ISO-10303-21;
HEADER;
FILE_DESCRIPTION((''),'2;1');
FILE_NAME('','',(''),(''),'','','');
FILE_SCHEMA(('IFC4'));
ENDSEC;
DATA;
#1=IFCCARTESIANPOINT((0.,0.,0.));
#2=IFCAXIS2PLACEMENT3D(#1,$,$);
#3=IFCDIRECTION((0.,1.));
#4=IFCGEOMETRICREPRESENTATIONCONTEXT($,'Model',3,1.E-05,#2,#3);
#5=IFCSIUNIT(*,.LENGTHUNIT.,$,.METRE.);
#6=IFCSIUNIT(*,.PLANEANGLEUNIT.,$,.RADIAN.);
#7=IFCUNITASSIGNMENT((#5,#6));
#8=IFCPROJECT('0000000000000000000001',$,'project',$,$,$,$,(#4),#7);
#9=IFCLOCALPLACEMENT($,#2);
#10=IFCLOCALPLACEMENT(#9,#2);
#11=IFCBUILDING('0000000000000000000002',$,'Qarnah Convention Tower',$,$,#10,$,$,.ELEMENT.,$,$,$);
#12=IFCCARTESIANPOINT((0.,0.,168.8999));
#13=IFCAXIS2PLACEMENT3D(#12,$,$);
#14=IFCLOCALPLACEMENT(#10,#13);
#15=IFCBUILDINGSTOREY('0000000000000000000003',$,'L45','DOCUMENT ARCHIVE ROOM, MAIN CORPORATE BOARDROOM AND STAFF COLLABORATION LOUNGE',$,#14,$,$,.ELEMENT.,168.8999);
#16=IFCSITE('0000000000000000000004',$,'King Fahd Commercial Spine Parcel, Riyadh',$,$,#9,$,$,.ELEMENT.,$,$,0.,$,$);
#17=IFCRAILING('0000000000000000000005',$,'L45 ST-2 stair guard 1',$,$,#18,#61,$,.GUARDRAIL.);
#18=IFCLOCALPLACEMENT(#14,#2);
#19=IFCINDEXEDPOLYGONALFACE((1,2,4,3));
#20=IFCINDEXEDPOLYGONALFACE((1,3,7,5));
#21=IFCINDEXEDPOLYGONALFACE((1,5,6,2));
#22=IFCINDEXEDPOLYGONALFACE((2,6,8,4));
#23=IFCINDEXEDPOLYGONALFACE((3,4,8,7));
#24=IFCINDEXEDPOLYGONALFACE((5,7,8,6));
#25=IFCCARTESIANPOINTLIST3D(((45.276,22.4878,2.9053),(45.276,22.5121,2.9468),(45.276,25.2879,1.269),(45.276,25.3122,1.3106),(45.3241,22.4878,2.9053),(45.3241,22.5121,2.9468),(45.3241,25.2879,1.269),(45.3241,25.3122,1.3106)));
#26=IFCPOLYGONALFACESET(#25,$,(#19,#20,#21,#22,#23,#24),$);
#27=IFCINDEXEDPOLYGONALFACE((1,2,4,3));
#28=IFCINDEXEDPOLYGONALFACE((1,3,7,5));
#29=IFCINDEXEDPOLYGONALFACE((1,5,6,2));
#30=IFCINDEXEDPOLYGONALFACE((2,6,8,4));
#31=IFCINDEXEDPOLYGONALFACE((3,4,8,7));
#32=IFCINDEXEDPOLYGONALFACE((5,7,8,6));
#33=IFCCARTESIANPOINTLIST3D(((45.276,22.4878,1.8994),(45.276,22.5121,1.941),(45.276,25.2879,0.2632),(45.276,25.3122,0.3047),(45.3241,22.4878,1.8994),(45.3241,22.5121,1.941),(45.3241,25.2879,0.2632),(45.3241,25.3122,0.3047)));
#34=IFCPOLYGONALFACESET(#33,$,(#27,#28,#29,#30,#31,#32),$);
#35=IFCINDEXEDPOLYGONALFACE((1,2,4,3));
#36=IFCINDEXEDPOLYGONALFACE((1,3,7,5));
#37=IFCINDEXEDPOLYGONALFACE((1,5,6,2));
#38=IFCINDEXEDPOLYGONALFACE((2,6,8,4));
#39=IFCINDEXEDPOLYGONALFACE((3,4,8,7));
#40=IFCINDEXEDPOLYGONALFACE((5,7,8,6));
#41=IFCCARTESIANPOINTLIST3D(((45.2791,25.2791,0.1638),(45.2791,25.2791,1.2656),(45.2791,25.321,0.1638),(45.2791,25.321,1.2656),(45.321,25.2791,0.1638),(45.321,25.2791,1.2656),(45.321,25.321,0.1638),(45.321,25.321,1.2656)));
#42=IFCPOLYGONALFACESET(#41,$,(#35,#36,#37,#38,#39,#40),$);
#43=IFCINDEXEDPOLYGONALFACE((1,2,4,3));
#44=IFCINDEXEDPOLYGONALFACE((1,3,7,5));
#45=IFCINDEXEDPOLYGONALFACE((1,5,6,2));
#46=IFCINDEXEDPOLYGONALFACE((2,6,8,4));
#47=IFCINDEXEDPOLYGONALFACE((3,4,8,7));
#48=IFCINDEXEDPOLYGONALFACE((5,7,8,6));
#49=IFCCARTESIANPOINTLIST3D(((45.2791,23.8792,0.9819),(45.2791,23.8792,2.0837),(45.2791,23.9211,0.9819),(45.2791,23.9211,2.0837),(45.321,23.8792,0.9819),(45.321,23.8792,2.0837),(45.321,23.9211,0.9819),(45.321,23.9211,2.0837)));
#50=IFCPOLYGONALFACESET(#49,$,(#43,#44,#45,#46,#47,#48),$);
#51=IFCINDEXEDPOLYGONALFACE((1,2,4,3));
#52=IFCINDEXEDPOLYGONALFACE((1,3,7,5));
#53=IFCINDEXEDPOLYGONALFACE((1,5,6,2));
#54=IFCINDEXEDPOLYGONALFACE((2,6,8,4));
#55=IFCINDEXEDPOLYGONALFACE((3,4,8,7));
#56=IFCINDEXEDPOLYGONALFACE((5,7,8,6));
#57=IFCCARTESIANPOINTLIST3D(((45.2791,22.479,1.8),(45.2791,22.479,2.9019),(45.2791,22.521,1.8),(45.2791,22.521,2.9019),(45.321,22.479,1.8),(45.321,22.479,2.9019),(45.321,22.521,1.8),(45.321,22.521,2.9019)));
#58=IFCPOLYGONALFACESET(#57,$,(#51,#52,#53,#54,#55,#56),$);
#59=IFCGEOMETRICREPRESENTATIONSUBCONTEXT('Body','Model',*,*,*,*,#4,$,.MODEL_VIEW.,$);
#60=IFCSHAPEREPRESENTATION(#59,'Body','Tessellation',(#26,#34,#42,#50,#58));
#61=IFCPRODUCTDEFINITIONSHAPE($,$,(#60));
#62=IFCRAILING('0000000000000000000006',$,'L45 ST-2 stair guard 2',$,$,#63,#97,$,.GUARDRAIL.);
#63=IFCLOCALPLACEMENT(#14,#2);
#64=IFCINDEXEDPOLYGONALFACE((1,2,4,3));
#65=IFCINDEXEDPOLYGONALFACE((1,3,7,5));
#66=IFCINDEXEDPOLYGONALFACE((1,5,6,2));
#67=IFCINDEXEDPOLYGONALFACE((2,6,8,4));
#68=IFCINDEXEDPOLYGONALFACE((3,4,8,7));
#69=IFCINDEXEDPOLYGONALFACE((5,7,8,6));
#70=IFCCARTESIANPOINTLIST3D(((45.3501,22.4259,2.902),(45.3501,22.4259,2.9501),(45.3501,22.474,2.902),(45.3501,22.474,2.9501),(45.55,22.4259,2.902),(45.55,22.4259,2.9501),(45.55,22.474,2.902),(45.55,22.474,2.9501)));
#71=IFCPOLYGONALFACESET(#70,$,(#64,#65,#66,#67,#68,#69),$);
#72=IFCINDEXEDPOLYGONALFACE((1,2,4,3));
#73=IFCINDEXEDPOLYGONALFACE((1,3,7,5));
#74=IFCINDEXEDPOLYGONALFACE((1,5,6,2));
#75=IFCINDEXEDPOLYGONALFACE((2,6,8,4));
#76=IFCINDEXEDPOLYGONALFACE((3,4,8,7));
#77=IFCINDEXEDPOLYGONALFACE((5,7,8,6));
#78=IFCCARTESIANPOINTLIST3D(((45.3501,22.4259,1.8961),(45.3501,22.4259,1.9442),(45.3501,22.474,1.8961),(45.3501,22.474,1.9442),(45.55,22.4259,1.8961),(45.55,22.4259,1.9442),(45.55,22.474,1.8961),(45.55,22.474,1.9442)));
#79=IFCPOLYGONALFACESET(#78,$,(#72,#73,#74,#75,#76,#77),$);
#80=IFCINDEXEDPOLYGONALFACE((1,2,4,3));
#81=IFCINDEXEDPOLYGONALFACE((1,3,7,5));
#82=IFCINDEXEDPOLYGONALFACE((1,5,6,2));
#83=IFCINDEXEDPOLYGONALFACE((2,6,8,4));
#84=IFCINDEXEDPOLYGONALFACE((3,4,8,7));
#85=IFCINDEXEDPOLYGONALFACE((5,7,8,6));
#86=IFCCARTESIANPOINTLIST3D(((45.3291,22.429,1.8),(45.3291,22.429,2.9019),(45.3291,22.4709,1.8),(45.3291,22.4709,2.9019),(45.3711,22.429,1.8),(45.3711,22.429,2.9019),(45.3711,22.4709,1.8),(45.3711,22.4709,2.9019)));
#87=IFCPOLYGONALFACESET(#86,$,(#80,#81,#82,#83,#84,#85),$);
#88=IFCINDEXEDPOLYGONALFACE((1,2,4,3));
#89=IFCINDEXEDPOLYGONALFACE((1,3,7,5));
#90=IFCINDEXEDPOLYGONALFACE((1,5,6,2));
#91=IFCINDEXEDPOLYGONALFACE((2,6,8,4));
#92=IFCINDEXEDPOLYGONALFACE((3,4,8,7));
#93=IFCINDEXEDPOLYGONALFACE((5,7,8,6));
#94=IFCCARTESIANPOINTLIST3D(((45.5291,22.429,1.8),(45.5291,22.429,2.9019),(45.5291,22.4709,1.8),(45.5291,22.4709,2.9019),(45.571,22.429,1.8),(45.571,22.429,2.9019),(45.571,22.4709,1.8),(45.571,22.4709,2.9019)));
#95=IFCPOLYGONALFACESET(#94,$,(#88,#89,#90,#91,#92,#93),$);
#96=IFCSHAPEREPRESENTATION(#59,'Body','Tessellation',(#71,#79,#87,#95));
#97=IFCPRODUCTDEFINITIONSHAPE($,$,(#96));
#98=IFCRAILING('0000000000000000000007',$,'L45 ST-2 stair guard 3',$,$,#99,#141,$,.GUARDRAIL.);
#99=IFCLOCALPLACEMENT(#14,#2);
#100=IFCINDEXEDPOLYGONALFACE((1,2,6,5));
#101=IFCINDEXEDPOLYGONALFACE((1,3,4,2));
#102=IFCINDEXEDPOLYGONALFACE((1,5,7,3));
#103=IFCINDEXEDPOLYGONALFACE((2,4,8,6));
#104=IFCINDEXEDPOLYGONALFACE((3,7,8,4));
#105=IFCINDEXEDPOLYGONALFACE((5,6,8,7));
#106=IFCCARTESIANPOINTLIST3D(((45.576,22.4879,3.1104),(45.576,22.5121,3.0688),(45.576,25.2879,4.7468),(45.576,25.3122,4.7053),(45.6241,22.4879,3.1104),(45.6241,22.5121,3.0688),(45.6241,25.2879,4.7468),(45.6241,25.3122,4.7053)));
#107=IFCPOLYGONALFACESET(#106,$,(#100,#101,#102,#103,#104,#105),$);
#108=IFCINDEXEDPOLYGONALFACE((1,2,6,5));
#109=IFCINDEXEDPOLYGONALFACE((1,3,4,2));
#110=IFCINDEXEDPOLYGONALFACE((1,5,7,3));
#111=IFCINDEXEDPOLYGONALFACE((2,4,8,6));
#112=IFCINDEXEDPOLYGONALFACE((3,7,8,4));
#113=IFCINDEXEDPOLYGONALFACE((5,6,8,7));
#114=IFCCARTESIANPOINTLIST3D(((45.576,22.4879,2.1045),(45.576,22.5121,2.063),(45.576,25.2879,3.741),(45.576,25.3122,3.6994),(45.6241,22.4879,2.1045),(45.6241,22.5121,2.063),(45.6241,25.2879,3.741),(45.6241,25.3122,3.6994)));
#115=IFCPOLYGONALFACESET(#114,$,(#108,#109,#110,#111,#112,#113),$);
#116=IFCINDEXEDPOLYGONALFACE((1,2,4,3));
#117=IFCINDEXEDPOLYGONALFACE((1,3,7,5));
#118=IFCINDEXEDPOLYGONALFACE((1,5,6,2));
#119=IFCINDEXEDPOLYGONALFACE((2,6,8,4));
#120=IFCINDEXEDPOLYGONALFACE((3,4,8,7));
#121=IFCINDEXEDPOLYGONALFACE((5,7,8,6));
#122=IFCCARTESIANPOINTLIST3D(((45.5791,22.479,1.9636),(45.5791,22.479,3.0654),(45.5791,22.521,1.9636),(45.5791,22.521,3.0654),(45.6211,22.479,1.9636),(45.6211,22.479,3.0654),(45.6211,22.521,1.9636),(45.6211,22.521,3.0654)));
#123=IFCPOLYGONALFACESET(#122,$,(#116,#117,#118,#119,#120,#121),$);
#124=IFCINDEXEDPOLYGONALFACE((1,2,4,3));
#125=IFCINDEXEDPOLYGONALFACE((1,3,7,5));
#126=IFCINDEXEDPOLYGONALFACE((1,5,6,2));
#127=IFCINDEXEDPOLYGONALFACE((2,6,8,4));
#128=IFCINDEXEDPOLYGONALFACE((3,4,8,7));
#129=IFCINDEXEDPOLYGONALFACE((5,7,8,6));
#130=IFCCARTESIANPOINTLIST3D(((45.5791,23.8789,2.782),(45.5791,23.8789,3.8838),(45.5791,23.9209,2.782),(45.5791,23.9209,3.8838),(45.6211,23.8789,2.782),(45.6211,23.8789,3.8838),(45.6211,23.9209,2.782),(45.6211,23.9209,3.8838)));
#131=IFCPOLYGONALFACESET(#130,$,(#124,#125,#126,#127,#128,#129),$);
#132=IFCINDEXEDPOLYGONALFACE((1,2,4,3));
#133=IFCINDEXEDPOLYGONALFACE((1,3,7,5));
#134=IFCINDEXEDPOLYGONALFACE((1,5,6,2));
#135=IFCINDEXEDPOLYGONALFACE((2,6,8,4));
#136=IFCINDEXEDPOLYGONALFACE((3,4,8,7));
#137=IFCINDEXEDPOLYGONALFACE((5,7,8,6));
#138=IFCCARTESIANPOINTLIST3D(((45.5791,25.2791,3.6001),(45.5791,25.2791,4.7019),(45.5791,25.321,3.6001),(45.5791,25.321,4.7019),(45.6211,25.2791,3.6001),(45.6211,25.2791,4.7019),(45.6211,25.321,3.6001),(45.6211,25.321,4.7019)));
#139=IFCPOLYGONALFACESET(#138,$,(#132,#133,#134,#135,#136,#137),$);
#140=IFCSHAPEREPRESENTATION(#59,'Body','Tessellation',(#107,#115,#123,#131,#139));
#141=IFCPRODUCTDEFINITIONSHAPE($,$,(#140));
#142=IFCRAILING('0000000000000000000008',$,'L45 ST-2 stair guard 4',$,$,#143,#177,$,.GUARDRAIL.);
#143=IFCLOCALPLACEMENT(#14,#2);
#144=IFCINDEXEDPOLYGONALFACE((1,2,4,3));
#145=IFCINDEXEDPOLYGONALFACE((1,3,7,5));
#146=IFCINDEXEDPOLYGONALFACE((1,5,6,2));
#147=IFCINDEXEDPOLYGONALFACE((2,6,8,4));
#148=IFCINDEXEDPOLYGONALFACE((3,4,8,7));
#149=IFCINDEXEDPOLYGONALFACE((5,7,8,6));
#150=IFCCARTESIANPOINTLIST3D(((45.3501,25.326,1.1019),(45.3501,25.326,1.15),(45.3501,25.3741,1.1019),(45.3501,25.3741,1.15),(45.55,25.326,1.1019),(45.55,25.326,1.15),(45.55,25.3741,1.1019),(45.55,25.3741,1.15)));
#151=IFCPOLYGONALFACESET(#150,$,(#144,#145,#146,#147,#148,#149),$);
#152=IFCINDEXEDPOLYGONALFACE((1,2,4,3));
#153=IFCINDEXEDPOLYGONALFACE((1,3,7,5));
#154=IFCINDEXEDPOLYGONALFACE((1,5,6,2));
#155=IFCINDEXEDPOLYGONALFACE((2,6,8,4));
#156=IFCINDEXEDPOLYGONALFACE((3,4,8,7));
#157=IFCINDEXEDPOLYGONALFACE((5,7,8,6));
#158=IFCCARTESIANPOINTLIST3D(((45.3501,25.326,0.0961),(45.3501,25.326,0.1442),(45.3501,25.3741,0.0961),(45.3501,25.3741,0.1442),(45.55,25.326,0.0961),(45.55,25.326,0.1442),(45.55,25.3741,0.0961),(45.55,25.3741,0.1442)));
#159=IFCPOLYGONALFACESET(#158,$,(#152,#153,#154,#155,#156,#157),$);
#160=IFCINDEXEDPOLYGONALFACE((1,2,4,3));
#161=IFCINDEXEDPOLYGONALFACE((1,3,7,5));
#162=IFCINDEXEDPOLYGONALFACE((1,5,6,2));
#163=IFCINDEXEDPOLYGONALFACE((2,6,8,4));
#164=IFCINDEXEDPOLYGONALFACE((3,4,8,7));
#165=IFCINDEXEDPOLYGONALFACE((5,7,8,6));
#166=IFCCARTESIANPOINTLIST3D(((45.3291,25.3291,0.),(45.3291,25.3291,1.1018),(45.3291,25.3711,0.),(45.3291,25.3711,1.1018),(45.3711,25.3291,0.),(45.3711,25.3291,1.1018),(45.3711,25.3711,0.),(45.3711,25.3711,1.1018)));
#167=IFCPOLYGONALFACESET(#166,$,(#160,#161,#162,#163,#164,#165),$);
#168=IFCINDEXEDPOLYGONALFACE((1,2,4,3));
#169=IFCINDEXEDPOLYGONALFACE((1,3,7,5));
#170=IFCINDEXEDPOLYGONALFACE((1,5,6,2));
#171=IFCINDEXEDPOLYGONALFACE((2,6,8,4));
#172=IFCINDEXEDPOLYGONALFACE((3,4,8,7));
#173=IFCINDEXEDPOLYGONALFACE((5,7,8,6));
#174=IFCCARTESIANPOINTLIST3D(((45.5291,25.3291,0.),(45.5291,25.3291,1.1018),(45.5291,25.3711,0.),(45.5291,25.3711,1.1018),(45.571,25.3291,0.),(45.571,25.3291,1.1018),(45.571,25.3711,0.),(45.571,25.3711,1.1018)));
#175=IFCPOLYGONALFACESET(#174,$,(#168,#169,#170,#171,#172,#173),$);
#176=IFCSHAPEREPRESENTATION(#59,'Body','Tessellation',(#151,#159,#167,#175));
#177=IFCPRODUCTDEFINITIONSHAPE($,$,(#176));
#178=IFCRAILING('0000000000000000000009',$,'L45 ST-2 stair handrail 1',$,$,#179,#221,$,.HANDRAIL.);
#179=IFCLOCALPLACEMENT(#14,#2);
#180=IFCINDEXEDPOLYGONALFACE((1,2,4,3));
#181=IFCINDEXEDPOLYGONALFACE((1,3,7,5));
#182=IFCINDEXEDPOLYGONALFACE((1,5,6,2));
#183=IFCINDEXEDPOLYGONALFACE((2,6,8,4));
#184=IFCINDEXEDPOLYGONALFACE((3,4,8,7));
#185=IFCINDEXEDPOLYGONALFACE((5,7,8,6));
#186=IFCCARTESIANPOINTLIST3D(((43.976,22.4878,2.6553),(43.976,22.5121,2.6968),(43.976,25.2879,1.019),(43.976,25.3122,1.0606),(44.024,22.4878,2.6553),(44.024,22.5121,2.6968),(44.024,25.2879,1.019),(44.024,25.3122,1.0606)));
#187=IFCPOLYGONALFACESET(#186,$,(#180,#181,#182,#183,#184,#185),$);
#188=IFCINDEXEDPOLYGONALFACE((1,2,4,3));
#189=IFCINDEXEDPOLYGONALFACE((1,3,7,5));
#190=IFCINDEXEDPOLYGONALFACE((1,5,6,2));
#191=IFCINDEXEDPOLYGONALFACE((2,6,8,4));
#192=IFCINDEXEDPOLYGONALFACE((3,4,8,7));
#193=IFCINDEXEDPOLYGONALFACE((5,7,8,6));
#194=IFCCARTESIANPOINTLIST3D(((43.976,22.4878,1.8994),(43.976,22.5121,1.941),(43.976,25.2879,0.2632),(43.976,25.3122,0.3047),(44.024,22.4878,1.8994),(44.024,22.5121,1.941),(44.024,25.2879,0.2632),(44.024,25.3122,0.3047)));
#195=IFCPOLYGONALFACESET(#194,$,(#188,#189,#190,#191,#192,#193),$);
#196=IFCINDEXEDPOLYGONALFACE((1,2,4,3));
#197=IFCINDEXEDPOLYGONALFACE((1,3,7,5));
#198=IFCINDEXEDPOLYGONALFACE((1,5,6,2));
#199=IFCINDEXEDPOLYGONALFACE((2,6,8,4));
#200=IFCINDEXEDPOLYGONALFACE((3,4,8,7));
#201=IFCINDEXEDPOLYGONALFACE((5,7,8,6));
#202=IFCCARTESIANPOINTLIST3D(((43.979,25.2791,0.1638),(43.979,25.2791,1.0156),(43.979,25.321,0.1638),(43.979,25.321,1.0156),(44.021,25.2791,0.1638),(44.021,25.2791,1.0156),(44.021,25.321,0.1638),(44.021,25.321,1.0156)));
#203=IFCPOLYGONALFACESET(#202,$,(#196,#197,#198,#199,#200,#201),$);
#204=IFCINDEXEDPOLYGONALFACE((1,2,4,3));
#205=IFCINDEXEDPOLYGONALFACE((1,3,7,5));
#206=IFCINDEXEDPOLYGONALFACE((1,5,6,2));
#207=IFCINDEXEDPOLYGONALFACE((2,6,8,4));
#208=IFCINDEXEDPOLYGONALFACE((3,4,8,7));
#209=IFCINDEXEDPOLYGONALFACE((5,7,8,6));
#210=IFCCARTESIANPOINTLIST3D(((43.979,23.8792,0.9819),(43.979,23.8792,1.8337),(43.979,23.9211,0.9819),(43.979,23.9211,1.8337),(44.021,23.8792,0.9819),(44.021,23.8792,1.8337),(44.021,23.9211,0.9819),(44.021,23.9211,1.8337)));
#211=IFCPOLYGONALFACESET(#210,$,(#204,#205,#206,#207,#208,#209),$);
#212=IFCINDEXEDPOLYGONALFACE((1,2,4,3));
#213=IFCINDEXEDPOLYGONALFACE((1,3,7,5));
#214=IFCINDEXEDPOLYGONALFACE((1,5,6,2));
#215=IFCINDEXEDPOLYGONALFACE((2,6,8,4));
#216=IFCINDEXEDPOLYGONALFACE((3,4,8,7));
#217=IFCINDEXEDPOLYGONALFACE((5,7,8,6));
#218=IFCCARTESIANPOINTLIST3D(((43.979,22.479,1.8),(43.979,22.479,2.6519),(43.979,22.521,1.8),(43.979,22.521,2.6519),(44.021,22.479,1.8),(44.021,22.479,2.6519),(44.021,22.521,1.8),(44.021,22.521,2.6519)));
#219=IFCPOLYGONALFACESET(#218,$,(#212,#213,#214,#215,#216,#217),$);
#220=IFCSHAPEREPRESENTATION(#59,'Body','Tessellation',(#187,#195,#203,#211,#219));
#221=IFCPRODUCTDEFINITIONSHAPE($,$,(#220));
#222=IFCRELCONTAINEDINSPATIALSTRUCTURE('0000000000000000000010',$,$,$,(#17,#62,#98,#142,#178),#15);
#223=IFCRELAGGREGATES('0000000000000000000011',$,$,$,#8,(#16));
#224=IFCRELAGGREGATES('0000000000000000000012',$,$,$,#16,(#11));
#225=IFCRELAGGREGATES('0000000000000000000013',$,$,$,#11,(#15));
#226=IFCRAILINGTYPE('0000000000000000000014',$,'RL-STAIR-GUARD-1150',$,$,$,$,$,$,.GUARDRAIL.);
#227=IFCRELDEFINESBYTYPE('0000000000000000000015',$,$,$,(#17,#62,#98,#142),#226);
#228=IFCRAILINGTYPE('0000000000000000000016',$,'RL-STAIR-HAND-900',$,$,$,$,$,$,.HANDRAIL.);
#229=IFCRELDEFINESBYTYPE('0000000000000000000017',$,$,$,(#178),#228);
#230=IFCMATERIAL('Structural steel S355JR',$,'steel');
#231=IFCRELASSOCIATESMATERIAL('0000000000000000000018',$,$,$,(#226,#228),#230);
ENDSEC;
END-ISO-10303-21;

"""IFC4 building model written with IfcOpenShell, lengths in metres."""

from ifc_helpers import new_model, si_unit, direction, frame, origin, origin_2d, place, context, subcontext, project, spatial, rectangle, extrude, material, type_object, element, save


model = new_model("IFC4")

# Units and contexts
model_context = context("Model", 3, precision=1e-05, world=origin(), true_north=direction((0.0, 1.0)))
body_context = subcontext(model_context, "Body", "Model", "MODEL_VIEW")
ifc_project = project(units=[si_unit("LENGTHUNIT", "METRE"), si_unit("PLANEANGLEUNIT", "RADIAN")], contexts=[model_context])

# Site, building, storey
site_placement = place(None, origin())
site = spatial("IfcSite", under=ifc_project, at=site_placement, Name="King Fahd Commercial Spine Parcel, Riyadh", CompositionType="ELEMENT", RefElevation=0.0)
building_placement = place(site_placement, origin())
building = spatial("IfcBuilding", under=site, at=building_placement, Name="Qarnah Convention Tower", CompositionType="ELEMENT")
storey_placement = place(building_placement, frame((0.0, 0.0, 168.8999)))
storey = spatial("IfcBuildingStorey", under=building, at=storey_placement, Name="L45", Description="DOCUMENT ARCHIVE ROOM, MAIN CORPORATE BOARDROOM AND STAFF COLLABORATION LOUNGE", CompositionType="ELEMENT", Elevation=168.8999)

# Shared definitions
ifc_material_1 = material(Name="Structural steel S355JR", Category="steel")

# Railings
railing_type_1 = type_object("IfcRailingType", Name="RL-STAIR-GUARD-1150", PredefinedType="GUARDRAIL", material=ifc_material_1)
railing_1_placement = place(storey_placement, frame((45.3, 25.3, 0.1638)))
element("IfcRailing", 1, at=railing_1_placement, inside=storey, type_object=railing_type_1, Name="L45 ST-2 stair guard 1", PredefinedType="GUARDRAIL", context=body_context, shape_type="SweptSolid", body=[
    extrude(rectangle(XDim=0.0481, YDim=0.0481, at=origin_2d()), frame((0.0, 0.0, 1.126), z_axis=(0.0, -0.863394, 0.504531), x_axis=(1.0, 0.0, 0.0)), (0.0, 0.0, 1.0), 3.2432),
    extrude(rectangle(XDim=0.0481, YDim=0.0481, at=origin_2d()), frame((0.0, 0.0, 0.1201), z_axis=(0.0, -0.863394, 0.504531), x_axis=(1.0, 0.0, 0.0)), (0.0, 0.0, 1.0), 3.2432),
    extrude(rectangle(XDim=0.042, YDim=0.042, at=origin_2d()), origin(), (0.0, 0.0, 1.0), 1.1018),
    extrude(rectangle(XDim=0.042, YDim=0.042, at=origin_2d()), frame((0.0, -1.3999, 0.8181)), (0.0, 0.0, 1.0), 1.1018),
    extrude(rectangle(XDim=0.042, YDim=0.042, at=origin_2d()), frame((0.0, -2.8, 1.6362)), (0.0, 0.0, 1.0), 1.1018),
])
railing_2_placement = place(storey_placement, frame((45.3501, 22.45, 1.8)))
element("IfcRailing", 2, at=railing_2_placement, inside=storey, type_object=railing_type_1, Name="L45 ST-2 stair guard 2", PredefinedType="GUARDRAIL", context=body_context, shape_type="SweptSolid", body=[
    extrude(rectangle(XDim=0.0481, YDim=0.0481, at=origin_2d()), frame((0.0, 0.0, 1.126), z_axis=(1.0, 0.0, 0.0), x_axis=(0.0, 1.0, 0.0)), (0.0, 0.0, 1.0), 0.2),
    extrude(rectangle(XDim=0.0481, YDim=0.0481, at=origin_2d()), frame((0.0, 0.0, 0.1201), z_axis=(1.0, 0.0, 0.0), x_axis=(0.0, 1.0, 0.0)), (0.0, 0.0, 1.0), 0.2),
    extrude(rectangle(XDim=0.042, YDim=0.042, at=origin_2d()), origin(), (0.0, 0.0, 1.0), 1.1018),
    extrude(rectangle(XDim=0.042, YDim=0.042, at=origin_2d()), frame((0.2, 0.0, 0.0)), (0.0, 0.0, 1.0), 1.1018),
])
railing_3_placement = place(storey_placement, frame((45.6001, 22.5, 1.9636)))
element("IfcRailing", 3, at=railing_3_placement, inside=storey, type_object=railing_type_1, Name="L45 ST-2 stair guard 3", PredefinedType="GUARDRAIL", context=body_context, shape_type="SweptSolid", body=[
    extrude(rectangle(XDim=0.0481, YDim=0.0481, at=origin_2d()), frame((0.0, 0.0, 1.126), z_axis=(0.0, 0.863361, 0.504587), x_axis=(-1.0, 0.0, 0.0)), (0.0, 0.0, 1.0), 3.2432),
    extrude(rectangle(XDim=0.0481, YDim=0.0481, at=origin_2d()), frame((0.0, 0.0, 0.1201), z_axis=(0.0, 0.863361, 0.504587), x_axis=(-1.0, 0.0, 0.0)), (0.0, 0.0, 1.0), 3.2432),
    extrude(rectangle(XDim=0.042, YDim=0.042, at=origin_2d()), origin(), (0.0, 0.0, 1.0), 1.1018),
    extrude(rectangle(XDim=0.042, YDim=0.042, at=origin_2d()), frame((0.0, 1.3999, 0.8184)), (0.0, 0.0, 1.0), 1.1018),
    extrude(rectangle(XDim=0.042, YDim=0.042, at=origin_2d()), frame((0.0, 2.8, 1.6365)), (0.0, 0.0, 1.0), 1.1018),
])
railing_4_placement = place(storey_placement, frame((45.3501, 25.3501, 0.0)))
element("IfcRailing", 4, at=railing_4_placement, inside=storey, type_object=railing_type_1, Name="L45 ST-2 stair guard 4", PredefinedType="GUARDRAIL", context=body_context, shape_type="SweptSolid", body=[
    extrude(rectangle(XDim=0.0481, YDim=0.0481, at=origin_2d()), frame((0.0, 0.0, 1.126), z_axis=(1.0, 0.0, 0.0), x_axis=(0.0, 1.0, 0.0)), (0.0, 0.0, 1.0), 0.2),
    extrude(rectangle(XDim=0.0481, YDim=0.0481, at=origin_2d()), frame((0.0, 0.0, 0.1201), z_axis=(1.0, 0.0, 0.0), x_axis=(0.0, 1.0, 0.0)), (0.0, 0.0, 1.0), 0.2),
    extrude(rectangle(XDim=0.042, YDim=0.042, at=origin_2d()), origin(), (0.0, 0.0, 1.0), 1.1018),
    extrude(rectangle(XDim=0.042, YDim=0.042, at=origin_2d()), frame((0.2, 0.0, 0.0)), (0.0, 0.0, 1.0), 1.1018),
])
railing_type_2 = type_object("IfcRailingType", Name="RL-STAIR-HAND-900", PredefinedType="HANDRAIL", material=ifc_material_1)
railing_5_placement = place(storey_placement, frame((44.0, 25.3, 0.1638)))
element("IfcRailing", 5, at=railing_5_placement, inside=storey, type_object=railing_type_2, Name="L45 ST-2 stair handrail 1", PredefinedType="HANDRAIL", context=body_context, shape_type="SweptSolid", body=[
    extrude(rectangle(XDim=0.0481, YDim=0.0481, at=origin_2d()), frame((0.0, 0.0, 0.876), z_axis=(0.0, -0.863394, 0.504531), x_axis=(1.0, 0.0, 0.0)), (0.0, 0.0, 1.0), 3.2432),
    extrude(rectangle(XDim=0.0481, YDim=0.0481, at=origin_2d()), frame((0.0, 0.0, 0.1201), z_axis=(0.0, -0.863394, 0.504531), x_axis=(1.0, 0.0, 0.0)), (0.0, 0.0, 1.0), 3.2432),
    extrude(rectangle(XDim=0.042, YDim=0.042, at=origin_2d()), origin(), (0.0, 0.0, 1.0), 0.8518),
    extrude(rectangle(XDim=0.042, YDim=0.042, at=origin_2d()), frame((0.0, -1.3999, 0.8181)), (0.0, 0.0, 1.0), 0.8518),
    extrude(rectangle(XDim=0.042, YDim=0.042, at=origin_2d()), frame((0.0, -2.8, 1.6362)), (0.0, 0.0, 1.0), 0.8518),
])

save(model, "model.ifc")
